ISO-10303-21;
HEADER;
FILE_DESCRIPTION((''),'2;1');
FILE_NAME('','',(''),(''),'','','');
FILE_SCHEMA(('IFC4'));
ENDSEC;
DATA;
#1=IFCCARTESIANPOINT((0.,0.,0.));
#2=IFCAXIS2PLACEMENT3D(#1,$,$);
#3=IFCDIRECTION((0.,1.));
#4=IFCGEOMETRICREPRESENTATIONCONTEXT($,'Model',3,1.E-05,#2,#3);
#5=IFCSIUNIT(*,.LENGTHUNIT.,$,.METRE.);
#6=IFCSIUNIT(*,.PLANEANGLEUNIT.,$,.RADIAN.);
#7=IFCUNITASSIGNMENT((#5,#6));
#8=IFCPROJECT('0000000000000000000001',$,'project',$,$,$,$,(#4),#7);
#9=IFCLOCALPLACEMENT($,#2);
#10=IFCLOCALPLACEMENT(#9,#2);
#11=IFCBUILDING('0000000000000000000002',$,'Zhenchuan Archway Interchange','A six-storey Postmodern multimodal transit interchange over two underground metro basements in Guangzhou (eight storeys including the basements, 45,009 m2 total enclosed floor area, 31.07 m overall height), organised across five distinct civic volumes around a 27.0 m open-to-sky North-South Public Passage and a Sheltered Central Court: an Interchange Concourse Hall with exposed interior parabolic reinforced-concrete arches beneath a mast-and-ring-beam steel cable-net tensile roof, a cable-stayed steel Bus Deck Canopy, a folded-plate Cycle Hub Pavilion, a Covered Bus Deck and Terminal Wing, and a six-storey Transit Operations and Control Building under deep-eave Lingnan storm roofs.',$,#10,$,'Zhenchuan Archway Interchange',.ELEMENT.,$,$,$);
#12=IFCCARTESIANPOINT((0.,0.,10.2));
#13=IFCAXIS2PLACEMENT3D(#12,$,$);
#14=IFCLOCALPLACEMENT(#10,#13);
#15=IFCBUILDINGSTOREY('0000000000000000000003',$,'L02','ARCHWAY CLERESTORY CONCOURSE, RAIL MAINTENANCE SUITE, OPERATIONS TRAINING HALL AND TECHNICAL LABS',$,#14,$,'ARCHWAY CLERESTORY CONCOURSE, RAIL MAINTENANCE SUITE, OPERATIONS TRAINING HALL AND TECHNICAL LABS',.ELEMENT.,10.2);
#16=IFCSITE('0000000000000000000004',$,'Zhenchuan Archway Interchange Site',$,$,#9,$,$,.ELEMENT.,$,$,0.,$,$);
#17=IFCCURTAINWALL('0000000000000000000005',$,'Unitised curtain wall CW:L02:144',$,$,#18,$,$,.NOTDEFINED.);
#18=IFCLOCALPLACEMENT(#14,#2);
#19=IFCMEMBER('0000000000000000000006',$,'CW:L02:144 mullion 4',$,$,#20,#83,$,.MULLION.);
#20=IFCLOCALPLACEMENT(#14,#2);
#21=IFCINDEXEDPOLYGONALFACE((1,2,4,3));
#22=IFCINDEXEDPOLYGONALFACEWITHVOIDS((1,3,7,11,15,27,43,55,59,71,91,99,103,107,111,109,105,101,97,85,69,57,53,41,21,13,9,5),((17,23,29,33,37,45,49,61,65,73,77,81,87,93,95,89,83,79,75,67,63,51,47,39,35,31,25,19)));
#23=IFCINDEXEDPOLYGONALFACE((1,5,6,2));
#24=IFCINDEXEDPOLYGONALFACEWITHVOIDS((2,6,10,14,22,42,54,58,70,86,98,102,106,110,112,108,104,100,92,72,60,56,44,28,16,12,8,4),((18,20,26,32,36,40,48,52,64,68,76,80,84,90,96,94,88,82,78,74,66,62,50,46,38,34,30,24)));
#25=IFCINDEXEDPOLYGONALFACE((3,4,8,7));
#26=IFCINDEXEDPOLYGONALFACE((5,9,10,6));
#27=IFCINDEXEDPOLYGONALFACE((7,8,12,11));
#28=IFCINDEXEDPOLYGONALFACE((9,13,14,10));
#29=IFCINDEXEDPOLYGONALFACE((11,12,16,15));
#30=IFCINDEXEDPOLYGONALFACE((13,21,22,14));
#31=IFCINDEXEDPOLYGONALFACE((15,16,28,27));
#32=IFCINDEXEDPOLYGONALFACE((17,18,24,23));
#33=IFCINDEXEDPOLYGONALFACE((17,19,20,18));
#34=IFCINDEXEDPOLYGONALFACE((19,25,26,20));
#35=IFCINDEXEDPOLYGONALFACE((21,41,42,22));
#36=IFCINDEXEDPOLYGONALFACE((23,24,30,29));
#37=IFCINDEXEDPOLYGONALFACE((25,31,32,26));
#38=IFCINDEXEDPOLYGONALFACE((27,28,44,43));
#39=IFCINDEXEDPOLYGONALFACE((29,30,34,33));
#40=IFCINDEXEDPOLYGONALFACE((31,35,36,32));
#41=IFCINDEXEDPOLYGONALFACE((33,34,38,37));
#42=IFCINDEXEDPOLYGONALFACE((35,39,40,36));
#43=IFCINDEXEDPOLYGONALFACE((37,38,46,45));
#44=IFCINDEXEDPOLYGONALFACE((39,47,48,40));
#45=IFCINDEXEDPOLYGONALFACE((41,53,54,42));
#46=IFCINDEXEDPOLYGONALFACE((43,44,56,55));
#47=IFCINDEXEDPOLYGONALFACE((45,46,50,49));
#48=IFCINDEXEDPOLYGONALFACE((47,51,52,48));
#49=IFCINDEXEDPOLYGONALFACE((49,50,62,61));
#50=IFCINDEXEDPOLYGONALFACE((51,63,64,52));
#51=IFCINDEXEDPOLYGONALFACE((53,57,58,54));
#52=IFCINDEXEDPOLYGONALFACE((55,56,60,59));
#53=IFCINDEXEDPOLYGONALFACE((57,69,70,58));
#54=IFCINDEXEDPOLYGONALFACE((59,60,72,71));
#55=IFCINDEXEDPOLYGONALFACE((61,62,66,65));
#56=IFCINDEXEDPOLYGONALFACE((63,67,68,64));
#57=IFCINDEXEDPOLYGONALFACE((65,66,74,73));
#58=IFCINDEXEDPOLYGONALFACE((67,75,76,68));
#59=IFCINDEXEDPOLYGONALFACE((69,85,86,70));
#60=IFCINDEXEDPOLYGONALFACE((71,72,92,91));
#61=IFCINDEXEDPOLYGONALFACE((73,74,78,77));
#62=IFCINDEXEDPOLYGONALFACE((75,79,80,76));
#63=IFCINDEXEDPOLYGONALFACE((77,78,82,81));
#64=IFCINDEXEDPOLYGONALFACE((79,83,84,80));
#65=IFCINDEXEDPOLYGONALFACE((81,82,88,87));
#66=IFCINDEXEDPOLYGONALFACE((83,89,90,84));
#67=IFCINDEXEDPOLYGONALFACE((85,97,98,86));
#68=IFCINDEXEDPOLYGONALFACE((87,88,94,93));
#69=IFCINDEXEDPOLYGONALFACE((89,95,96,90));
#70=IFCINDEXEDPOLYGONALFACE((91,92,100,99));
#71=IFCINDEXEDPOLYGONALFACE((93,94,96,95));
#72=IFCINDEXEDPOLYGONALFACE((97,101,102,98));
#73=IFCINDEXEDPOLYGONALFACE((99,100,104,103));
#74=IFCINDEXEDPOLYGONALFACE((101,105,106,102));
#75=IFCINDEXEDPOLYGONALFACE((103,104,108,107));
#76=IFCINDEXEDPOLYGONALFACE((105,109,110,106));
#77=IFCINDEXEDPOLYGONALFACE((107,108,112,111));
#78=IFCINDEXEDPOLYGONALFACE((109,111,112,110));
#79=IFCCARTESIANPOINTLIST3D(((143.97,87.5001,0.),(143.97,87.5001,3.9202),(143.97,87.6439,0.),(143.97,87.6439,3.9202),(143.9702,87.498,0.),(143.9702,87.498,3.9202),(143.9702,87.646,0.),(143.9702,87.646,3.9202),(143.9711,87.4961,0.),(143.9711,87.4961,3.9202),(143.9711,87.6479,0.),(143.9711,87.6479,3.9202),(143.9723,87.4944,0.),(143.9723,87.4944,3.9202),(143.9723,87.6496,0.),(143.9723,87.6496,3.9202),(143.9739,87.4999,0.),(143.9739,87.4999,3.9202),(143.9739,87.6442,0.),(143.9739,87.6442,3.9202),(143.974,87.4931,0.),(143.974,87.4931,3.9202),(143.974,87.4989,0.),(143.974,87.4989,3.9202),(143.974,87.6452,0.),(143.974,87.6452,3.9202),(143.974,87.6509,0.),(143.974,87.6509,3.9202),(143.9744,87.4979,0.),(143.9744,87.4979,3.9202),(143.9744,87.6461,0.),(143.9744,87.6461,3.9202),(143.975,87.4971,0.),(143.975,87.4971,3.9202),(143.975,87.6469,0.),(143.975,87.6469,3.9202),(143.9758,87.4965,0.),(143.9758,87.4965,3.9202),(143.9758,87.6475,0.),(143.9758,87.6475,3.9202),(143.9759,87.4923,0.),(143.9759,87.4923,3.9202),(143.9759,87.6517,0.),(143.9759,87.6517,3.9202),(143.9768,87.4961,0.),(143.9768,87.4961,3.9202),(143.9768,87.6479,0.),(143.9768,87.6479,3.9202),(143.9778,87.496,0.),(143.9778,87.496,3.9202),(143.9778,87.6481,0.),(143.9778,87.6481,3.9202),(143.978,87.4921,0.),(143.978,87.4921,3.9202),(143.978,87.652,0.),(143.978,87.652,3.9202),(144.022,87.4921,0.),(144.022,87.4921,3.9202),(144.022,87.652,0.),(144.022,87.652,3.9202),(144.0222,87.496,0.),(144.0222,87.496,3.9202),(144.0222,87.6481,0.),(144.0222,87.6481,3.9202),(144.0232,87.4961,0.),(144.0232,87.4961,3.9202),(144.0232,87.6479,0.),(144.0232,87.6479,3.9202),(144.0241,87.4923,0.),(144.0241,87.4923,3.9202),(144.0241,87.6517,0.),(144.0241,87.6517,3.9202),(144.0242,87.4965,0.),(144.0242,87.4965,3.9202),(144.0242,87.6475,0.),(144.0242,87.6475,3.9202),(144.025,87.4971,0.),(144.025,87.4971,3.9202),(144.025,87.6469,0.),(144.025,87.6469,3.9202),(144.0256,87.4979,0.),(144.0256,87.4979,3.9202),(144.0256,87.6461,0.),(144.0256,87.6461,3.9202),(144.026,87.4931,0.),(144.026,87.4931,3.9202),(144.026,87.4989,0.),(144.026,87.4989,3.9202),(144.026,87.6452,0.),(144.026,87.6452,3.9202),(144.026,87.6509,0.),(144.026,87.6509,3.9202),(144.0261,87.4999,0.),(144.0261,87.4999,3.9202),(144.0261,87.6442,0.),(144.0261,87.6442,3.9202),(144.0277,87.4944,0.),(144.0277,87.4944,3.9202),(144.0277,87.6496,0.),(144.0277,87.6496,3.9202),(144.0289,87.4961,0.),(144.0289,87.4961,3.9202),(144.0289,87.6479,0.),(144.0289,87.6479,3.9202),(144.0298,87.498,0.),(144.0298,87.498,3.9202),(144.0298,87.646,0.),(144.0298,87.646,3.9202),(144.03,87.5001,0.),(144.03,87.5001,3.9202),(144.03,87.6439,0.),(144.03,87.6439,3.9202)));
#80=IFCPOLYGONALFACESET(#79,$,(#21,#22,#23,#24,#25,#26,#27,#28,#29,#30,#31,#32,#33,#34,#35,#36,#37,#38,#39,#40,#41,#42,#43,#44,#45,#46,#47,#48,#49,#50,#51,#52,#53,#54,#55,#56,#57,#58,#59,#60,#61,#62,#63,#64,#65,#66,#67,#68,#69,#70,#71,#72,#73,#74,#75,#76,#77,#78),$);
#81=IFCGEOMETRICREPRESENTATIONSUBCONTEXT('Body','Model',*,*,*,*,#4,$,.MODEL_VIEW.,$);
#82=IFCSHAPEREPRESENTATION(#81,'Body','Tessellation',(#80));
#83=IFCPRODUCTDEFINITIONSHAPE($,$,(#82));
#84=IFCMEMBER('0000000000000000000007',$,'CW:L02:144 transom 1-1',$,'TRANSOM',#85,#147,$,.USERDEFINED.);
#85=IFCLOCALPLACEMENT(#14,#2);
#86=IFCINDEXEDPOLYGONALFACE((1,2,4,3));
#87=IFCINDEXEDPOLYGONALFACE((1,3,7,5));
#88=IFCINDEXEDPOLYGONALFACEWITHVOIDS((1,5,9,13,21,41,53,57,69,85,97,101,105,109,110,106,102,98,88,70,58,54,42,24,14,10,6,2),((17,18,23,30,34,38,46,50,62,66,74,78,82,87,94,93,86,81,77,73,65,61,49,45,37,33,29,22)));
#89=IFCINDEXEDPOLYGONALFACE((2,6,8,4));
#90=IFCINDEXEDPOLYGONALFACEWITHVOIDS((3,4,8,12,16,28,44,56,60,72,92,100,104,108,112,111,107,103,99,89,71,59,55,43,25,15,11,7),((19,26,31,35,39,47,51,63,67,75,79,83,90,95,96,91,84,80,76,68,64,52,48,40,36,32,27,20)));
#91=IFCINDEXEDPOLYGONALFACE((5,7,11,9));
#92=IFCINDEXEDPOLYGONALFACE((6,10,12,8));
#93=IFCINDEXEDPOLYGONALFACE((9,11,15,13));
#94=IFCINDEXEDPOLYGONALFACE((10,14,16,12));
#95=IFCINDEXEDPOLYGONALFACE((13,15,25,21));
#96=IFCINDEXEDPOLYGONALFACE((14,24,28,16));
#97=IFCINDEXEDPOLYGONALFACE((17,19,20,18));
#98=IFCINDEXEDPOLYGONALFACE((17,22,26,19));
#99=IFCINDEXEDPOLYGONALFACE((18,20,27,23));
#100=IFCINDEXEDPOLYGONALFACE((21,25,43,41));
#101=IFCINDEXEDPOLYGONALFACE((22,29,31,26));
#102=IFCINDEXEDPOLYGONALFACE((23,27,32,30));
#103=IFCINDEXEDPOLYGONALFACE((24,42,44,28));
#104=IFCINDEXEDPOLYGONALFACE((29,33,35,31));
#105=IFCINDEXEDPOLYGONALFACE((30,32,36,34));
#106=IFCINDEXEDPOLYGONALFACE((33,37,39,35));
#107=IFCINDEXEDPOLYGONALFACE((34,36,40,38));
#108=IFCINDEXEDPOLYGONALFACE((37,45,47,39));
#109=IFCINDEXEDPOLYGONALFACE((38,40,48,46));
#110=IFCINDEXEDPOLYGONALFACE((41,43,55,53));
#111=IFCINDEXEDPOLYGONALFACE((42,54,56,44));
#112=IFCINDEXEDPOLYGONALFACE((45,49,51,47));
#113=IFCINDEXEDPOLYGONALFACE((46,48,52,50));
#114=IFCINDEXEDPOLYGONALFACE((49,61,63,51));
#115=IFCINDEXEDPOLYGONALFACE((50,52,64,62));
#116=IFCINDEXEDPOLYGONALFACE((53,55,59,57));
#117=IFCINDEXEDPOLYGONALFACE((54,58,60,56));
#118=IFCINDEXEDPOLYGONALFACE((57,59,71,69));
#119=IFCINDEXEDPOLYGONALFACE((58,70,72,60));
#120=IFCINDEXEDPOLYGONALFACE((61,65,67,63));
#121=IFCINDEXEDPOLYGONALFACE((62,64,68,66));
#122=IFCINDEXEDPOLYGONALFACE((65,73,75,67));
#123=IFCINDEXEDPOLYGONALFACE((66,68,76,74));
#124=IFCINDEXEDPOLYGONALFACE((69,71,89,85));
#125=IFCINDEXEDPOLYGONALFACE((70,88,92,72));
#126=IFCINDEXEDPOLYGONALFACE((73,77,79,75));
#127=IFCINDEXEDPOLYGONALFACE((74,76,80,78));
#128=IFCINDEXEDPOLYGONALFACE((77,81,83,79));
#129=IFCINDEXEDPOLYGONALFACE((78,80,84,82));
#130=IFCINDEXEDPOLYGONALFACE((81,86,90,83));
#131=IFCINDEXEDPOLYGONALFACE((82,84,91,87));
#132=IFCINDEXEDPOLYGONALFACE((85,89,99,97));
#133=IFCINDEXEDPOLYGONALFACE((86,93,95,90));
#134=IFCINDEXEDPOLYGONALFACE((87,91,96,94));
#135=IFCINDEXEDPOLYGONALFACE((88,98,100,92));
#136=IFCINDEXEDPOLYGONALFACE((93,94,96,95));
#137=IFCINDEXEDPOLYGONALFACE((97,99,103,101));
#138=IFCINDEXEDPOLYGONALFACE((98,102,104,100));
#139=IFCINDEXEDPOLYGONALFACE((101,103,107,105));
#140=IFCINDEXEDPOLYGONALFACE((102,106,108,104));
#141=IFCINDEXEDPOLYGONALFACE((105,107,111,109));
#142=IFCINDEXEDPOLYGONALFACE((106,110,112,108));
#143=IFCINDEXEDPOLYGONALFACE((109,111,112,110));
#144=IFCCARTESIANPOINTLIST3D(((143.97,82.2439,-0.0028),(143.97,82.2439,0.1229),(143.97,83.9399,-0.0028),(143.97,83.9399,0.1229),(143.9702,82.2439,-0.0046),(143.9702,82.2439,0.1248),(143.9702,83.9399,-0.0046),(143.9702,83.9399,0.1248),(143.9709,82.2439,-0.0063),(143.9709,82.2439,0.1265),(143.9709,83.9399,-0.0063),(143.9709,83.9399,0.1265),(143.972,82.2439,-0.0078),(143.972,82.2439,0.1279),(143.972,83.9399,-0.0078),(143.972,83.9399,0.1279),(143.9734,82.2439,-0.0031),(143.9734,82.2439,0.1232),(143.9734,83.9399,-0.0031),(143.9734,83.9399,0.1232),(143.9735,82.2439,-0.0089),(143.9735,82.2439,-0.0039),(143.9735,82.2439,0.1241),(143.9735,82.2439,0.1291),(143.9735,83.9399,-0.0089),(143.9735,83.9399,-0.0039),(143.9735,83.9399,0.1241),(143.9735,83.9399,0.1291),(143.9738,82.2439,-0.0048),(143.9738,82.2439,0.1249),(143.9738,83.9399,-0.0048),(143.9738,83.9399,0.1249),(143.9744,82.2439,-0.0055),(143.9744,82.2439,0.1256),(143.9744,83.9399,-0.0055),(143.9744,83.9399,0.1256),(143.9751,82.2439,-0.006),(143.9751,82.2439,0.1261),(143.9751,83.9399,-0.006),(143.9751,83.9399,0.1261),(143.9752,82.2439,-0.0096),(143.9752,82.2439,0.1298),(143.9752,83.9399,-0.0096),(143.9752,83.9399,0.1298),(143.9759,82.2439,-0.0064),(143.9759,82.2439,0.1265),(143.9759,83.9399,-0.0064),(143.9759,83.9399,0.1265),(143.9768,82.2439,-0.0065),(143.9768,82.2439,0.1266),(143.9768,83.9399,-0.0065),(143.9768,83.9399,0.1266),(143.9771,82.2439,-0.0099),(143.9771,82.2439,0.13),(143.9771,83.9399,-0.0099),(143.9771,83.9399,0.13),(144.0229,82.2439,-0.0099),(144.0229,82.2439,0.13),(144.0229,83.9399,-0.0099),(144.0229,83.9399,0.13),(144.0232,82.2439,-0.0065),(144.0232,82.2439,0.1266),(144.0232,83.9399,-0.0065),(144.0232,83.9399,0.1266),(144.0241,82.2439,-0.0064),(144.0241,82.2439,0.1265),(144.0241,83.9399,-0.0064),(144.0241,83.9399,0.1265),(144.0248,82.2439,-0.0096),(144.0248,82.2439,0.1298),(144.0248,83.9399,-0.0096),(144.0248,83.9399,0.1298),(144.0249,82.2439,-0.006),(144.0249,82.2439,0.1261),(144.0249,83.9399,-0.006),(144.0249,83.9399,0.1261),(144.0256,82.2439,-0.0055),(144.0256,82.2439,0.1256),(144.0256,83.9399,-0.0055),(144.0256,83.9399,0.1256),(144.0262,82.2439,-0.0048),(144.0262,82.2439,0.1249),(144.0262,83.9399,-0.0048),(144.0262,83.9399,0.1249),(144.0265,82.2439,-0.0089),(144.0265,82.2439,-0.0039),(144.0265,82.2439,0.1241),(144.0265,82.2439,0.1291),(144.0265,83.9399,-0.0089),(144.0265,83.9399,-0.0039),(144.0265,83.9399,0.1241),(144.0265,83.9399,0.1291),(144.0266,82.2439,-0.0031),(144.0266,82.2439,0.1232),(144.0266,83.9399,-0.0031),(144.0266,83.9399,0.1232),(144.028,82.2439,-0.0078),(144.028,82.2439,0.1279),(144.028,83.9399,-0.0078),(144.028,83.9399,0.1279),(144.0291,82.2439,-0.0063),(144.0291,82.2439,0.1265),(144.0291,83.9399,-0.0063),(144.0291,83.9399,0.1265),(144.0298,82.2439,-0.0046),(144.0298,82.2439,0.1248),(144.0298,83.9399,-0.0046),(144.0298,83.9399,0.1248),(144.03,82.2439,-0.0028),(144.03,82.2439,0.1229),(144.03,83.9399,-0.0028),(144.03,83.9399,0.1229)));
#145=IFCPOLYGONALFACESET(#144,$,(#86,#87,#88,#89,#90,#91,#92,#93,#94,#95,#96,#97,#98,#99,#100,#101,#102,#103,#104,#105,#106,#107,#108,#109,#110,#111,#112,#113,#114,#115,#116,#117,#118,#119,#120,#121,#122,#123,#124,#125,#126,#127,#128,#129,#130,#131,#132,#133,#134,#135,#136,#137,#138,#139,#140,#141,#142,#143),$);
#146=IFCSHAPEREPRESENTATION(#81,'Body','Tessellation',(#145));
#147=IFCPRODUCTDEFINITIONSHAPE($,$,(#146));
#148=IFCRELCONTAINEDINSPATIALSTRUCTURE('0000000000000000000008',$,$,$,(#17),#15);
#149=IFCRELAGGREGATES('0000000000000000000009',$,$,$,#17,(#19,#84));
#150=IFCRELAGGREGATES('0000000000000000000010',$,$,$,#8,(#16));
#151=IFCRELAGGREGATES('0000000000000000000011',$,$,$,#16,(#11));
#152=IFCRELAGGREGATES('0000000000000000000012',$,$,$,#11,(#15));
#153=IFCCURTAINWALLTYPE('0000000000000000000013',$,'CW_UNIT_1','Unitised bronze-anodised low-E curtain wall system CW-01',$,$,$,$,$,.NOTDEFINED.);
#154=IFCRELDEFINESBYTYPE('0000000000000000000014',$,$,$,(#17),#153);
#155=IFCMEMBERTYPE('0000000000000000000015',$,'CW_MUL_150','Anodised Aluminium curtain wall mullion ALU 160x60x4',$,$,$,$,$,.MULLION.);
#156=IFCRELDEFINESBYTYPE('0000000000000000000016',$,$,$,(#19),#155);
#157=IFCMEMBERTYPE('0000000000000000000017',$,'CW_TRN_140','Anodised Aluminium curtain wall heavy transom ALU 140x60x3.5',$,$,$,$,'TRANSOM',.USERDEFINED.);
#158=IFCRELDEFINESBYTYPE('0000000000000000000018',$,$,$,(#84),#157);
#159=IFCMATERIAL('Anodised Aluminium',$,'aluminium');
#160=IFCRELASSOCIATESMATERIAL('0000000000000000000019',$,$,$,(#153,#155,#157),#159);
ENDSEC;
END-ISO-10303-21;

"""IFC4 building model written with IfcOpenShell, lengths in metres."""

from ifc_helpers import new_model, si_unit, direction, frame, origin, origin_2d, place, context, subcontext, project, spatial, hollow_rectangle, extrude, material, material_profile, profile_set, type_object, element, aggregate, save


model = new_model("IFC4")

# Units and contexts
model_context = context("Model", 3, precision=1e-05, world=origin(), true_north=direction((0.0, 1.0)))
body_context = subcontext(model_context, "Body", "Model", "MODEL_VIEW")
ifc_project = project(units=[si_unit("LENGTHUNIT", "METRE"), si_unit("PLANEANGLEUNIT", "RADIAN")], contexts=[model_context])

# Site, building, storey
site_placement = place(None, origin())
site = spatial("IfcSite", under=ifc_project, at=site_placement, Name="Zhenchuan Archway Interchange Site", CompositionType="ELEMENT", RefElevation=0.0)
building_placement = place(site_placement, origin())
building = spatial("IfcBuilding", under=site, at=building_placement, Name="Zhenchuan Archway Interchange", Description="A six-storey Postmodern multimodal transit interchange over two underground metro basements in Guangzhou (eight storeys including the basements, 45,009 m2 total enclosed floor area, 31.07 m overall height), organised across five distinct civic volumes around a 27.0 m open-to-sky North-South Public Passage and a Sheltered Central Court: an Interchange Concourse Hall with exposed interior parabolic reinforced-concrete arches beneath a mast-and-ring-beam steel cable-net tensile roof, a cable-stayed steel Bus Deck Canopy, a folded-plate Cycle Hub Pavilion, a Covered Bus Deck and Terminal Wing, and a six-storey Transit Operations and Control Building under deep-eave Lingnan storm roofs.", LongName="Zhenchuan Archway Interchange", CompositionType="ELEMENT")
storey_placement = place(building_placement, frame((0.0, 0.0, 10.2)))
storey = spatial("IfcBuildingStorey", under=building, at=storey_placement, Name="L02", Description="ARCHWAY CLERESTORY CONCOURSE, RAIL MAINTENANCE SUITE, OPERATIONS TRAINING HALL AND TECHNICAL LABS", LongName="ARCHWAY CLERESTORY CONCOURSE, RAIL MAINTENANCE SUITE, OPERATIONS TRAINING HALL AND TECHNICAL LABS", CompositionType="ELEMENT", Elevation=10.2)

# Curtain wall, members
ifc_material_1 = material(Name="Anodised Aluminium", Category="aluminium")
curtain_wall_type = type_object("IfcCurtainWallType", Name="CW_UNIT_1", Description="Unitised bronze-anodised low-E curtain wall system CW-01", PredefinedType="NOTDEFINED", material=ifc_material_1)
curtain_wall_placement = place(storey_placement, origin())
curtain_wall = element("IfcCurtainWall", 1, at=curtain_wall_placement, inside=storey, type_object=curtain_wall_type, Name="Unitised curtain wall CW:L02:144", PredefinedType="NOTDEFINED")
ifc_material_profile_1 = material_profile(ifc_material_1, hollow_rectangle(XDim=0.0601, YDim=0.1599, WallThickness=0.0039, InnerFilletRadius=0.0039, OuterFilletRadius=0.0081, at=origin_2d()), Name="ALU 160x60x4")
ifc_profile_set_1 = profile_set([ifc_material_profile_1], Name="Anodised Aluminium")
member_type_1 = type_object("IfcMemberType", Name="CW_MUL_150", Description="Anodised Aluminium curtain wall mullion ALU 160x60x4", PredefinedType="MULLION", material=ifc_profile_set_1)
member_1_placement = place(storey_placement, frame((144.0, 87.572, 0.0), z_axis=(0.0, 0.0, 1.0), x_axis=(1.0, 0.0, 0.0)))
member_1 = element("IfcMember", 2, at=member_1_placement, type_object=member_type_1, Name="CW:L02:144 mullion 4", PredefinedType="MULLION", context=body_context, shape_type="SweptSolid", body=[
    extrude(hollow_rectangle(XDim=0.0601, YDim=0.1599, WallThickness=0.0039, InnerFilletRadius=0.0039, OuterFilletRadius=0.0081, at=origin_2d()), origin(), (0.0, 0.0, 1.0), 3.9202),
])
ifc_material_profile_2 = material_profile(ifc_material_1, hollow_rectangle(XDim=0.0601, YDim=0.1399, WallThickness=0.0034, InnerFilletRadius=0.0034, OuterFilletRadius=0.0071, at=origin_2d()), Name="ALU 140x60x3.5")
ifc_profile_set_2 = profile_set([ifc_material_profile_2], Name="Anodised Aluminium")
member_type_2 = type_object("IfcMemberType", Name="CW_TRN_140", Description="Anodised Aluminium curtain wall heavy transom ALU 140x60x3.5", ElementType="TRANSOM", PredefinedType="USERDEFINED", material=ifc_profile_set_2)
member_2_placement = place(storey_placement, frame((144.0, 82.2439, 0.0601), z_axis=(0.0, 1.0, 0.0), x_axis=(-1.0, 0.0, 0.0)))
member_2 = element("IfcMember", 3, at=member_2_placement, type_object=member_type_2, Name="CW:L02:144 transom 1-1", ObjectType="TRANSOM", PredefinedType="USERDEFINED", context=body_context, shape_type="SweptSolid", body=[
    extrude(hollow_rectangle(XDim=0.0601, YDim=0.1399, WallThickness=0.0034, InnerFilletRadius=0.0034, OuterFilletRadius=0.0071, at=origin_2d()), origin(), (0.0, 0.0, 1.0), 1.696),
])

aggregate(curtain_wall, [member_1, member_2])

save(model, "model.ifc")
